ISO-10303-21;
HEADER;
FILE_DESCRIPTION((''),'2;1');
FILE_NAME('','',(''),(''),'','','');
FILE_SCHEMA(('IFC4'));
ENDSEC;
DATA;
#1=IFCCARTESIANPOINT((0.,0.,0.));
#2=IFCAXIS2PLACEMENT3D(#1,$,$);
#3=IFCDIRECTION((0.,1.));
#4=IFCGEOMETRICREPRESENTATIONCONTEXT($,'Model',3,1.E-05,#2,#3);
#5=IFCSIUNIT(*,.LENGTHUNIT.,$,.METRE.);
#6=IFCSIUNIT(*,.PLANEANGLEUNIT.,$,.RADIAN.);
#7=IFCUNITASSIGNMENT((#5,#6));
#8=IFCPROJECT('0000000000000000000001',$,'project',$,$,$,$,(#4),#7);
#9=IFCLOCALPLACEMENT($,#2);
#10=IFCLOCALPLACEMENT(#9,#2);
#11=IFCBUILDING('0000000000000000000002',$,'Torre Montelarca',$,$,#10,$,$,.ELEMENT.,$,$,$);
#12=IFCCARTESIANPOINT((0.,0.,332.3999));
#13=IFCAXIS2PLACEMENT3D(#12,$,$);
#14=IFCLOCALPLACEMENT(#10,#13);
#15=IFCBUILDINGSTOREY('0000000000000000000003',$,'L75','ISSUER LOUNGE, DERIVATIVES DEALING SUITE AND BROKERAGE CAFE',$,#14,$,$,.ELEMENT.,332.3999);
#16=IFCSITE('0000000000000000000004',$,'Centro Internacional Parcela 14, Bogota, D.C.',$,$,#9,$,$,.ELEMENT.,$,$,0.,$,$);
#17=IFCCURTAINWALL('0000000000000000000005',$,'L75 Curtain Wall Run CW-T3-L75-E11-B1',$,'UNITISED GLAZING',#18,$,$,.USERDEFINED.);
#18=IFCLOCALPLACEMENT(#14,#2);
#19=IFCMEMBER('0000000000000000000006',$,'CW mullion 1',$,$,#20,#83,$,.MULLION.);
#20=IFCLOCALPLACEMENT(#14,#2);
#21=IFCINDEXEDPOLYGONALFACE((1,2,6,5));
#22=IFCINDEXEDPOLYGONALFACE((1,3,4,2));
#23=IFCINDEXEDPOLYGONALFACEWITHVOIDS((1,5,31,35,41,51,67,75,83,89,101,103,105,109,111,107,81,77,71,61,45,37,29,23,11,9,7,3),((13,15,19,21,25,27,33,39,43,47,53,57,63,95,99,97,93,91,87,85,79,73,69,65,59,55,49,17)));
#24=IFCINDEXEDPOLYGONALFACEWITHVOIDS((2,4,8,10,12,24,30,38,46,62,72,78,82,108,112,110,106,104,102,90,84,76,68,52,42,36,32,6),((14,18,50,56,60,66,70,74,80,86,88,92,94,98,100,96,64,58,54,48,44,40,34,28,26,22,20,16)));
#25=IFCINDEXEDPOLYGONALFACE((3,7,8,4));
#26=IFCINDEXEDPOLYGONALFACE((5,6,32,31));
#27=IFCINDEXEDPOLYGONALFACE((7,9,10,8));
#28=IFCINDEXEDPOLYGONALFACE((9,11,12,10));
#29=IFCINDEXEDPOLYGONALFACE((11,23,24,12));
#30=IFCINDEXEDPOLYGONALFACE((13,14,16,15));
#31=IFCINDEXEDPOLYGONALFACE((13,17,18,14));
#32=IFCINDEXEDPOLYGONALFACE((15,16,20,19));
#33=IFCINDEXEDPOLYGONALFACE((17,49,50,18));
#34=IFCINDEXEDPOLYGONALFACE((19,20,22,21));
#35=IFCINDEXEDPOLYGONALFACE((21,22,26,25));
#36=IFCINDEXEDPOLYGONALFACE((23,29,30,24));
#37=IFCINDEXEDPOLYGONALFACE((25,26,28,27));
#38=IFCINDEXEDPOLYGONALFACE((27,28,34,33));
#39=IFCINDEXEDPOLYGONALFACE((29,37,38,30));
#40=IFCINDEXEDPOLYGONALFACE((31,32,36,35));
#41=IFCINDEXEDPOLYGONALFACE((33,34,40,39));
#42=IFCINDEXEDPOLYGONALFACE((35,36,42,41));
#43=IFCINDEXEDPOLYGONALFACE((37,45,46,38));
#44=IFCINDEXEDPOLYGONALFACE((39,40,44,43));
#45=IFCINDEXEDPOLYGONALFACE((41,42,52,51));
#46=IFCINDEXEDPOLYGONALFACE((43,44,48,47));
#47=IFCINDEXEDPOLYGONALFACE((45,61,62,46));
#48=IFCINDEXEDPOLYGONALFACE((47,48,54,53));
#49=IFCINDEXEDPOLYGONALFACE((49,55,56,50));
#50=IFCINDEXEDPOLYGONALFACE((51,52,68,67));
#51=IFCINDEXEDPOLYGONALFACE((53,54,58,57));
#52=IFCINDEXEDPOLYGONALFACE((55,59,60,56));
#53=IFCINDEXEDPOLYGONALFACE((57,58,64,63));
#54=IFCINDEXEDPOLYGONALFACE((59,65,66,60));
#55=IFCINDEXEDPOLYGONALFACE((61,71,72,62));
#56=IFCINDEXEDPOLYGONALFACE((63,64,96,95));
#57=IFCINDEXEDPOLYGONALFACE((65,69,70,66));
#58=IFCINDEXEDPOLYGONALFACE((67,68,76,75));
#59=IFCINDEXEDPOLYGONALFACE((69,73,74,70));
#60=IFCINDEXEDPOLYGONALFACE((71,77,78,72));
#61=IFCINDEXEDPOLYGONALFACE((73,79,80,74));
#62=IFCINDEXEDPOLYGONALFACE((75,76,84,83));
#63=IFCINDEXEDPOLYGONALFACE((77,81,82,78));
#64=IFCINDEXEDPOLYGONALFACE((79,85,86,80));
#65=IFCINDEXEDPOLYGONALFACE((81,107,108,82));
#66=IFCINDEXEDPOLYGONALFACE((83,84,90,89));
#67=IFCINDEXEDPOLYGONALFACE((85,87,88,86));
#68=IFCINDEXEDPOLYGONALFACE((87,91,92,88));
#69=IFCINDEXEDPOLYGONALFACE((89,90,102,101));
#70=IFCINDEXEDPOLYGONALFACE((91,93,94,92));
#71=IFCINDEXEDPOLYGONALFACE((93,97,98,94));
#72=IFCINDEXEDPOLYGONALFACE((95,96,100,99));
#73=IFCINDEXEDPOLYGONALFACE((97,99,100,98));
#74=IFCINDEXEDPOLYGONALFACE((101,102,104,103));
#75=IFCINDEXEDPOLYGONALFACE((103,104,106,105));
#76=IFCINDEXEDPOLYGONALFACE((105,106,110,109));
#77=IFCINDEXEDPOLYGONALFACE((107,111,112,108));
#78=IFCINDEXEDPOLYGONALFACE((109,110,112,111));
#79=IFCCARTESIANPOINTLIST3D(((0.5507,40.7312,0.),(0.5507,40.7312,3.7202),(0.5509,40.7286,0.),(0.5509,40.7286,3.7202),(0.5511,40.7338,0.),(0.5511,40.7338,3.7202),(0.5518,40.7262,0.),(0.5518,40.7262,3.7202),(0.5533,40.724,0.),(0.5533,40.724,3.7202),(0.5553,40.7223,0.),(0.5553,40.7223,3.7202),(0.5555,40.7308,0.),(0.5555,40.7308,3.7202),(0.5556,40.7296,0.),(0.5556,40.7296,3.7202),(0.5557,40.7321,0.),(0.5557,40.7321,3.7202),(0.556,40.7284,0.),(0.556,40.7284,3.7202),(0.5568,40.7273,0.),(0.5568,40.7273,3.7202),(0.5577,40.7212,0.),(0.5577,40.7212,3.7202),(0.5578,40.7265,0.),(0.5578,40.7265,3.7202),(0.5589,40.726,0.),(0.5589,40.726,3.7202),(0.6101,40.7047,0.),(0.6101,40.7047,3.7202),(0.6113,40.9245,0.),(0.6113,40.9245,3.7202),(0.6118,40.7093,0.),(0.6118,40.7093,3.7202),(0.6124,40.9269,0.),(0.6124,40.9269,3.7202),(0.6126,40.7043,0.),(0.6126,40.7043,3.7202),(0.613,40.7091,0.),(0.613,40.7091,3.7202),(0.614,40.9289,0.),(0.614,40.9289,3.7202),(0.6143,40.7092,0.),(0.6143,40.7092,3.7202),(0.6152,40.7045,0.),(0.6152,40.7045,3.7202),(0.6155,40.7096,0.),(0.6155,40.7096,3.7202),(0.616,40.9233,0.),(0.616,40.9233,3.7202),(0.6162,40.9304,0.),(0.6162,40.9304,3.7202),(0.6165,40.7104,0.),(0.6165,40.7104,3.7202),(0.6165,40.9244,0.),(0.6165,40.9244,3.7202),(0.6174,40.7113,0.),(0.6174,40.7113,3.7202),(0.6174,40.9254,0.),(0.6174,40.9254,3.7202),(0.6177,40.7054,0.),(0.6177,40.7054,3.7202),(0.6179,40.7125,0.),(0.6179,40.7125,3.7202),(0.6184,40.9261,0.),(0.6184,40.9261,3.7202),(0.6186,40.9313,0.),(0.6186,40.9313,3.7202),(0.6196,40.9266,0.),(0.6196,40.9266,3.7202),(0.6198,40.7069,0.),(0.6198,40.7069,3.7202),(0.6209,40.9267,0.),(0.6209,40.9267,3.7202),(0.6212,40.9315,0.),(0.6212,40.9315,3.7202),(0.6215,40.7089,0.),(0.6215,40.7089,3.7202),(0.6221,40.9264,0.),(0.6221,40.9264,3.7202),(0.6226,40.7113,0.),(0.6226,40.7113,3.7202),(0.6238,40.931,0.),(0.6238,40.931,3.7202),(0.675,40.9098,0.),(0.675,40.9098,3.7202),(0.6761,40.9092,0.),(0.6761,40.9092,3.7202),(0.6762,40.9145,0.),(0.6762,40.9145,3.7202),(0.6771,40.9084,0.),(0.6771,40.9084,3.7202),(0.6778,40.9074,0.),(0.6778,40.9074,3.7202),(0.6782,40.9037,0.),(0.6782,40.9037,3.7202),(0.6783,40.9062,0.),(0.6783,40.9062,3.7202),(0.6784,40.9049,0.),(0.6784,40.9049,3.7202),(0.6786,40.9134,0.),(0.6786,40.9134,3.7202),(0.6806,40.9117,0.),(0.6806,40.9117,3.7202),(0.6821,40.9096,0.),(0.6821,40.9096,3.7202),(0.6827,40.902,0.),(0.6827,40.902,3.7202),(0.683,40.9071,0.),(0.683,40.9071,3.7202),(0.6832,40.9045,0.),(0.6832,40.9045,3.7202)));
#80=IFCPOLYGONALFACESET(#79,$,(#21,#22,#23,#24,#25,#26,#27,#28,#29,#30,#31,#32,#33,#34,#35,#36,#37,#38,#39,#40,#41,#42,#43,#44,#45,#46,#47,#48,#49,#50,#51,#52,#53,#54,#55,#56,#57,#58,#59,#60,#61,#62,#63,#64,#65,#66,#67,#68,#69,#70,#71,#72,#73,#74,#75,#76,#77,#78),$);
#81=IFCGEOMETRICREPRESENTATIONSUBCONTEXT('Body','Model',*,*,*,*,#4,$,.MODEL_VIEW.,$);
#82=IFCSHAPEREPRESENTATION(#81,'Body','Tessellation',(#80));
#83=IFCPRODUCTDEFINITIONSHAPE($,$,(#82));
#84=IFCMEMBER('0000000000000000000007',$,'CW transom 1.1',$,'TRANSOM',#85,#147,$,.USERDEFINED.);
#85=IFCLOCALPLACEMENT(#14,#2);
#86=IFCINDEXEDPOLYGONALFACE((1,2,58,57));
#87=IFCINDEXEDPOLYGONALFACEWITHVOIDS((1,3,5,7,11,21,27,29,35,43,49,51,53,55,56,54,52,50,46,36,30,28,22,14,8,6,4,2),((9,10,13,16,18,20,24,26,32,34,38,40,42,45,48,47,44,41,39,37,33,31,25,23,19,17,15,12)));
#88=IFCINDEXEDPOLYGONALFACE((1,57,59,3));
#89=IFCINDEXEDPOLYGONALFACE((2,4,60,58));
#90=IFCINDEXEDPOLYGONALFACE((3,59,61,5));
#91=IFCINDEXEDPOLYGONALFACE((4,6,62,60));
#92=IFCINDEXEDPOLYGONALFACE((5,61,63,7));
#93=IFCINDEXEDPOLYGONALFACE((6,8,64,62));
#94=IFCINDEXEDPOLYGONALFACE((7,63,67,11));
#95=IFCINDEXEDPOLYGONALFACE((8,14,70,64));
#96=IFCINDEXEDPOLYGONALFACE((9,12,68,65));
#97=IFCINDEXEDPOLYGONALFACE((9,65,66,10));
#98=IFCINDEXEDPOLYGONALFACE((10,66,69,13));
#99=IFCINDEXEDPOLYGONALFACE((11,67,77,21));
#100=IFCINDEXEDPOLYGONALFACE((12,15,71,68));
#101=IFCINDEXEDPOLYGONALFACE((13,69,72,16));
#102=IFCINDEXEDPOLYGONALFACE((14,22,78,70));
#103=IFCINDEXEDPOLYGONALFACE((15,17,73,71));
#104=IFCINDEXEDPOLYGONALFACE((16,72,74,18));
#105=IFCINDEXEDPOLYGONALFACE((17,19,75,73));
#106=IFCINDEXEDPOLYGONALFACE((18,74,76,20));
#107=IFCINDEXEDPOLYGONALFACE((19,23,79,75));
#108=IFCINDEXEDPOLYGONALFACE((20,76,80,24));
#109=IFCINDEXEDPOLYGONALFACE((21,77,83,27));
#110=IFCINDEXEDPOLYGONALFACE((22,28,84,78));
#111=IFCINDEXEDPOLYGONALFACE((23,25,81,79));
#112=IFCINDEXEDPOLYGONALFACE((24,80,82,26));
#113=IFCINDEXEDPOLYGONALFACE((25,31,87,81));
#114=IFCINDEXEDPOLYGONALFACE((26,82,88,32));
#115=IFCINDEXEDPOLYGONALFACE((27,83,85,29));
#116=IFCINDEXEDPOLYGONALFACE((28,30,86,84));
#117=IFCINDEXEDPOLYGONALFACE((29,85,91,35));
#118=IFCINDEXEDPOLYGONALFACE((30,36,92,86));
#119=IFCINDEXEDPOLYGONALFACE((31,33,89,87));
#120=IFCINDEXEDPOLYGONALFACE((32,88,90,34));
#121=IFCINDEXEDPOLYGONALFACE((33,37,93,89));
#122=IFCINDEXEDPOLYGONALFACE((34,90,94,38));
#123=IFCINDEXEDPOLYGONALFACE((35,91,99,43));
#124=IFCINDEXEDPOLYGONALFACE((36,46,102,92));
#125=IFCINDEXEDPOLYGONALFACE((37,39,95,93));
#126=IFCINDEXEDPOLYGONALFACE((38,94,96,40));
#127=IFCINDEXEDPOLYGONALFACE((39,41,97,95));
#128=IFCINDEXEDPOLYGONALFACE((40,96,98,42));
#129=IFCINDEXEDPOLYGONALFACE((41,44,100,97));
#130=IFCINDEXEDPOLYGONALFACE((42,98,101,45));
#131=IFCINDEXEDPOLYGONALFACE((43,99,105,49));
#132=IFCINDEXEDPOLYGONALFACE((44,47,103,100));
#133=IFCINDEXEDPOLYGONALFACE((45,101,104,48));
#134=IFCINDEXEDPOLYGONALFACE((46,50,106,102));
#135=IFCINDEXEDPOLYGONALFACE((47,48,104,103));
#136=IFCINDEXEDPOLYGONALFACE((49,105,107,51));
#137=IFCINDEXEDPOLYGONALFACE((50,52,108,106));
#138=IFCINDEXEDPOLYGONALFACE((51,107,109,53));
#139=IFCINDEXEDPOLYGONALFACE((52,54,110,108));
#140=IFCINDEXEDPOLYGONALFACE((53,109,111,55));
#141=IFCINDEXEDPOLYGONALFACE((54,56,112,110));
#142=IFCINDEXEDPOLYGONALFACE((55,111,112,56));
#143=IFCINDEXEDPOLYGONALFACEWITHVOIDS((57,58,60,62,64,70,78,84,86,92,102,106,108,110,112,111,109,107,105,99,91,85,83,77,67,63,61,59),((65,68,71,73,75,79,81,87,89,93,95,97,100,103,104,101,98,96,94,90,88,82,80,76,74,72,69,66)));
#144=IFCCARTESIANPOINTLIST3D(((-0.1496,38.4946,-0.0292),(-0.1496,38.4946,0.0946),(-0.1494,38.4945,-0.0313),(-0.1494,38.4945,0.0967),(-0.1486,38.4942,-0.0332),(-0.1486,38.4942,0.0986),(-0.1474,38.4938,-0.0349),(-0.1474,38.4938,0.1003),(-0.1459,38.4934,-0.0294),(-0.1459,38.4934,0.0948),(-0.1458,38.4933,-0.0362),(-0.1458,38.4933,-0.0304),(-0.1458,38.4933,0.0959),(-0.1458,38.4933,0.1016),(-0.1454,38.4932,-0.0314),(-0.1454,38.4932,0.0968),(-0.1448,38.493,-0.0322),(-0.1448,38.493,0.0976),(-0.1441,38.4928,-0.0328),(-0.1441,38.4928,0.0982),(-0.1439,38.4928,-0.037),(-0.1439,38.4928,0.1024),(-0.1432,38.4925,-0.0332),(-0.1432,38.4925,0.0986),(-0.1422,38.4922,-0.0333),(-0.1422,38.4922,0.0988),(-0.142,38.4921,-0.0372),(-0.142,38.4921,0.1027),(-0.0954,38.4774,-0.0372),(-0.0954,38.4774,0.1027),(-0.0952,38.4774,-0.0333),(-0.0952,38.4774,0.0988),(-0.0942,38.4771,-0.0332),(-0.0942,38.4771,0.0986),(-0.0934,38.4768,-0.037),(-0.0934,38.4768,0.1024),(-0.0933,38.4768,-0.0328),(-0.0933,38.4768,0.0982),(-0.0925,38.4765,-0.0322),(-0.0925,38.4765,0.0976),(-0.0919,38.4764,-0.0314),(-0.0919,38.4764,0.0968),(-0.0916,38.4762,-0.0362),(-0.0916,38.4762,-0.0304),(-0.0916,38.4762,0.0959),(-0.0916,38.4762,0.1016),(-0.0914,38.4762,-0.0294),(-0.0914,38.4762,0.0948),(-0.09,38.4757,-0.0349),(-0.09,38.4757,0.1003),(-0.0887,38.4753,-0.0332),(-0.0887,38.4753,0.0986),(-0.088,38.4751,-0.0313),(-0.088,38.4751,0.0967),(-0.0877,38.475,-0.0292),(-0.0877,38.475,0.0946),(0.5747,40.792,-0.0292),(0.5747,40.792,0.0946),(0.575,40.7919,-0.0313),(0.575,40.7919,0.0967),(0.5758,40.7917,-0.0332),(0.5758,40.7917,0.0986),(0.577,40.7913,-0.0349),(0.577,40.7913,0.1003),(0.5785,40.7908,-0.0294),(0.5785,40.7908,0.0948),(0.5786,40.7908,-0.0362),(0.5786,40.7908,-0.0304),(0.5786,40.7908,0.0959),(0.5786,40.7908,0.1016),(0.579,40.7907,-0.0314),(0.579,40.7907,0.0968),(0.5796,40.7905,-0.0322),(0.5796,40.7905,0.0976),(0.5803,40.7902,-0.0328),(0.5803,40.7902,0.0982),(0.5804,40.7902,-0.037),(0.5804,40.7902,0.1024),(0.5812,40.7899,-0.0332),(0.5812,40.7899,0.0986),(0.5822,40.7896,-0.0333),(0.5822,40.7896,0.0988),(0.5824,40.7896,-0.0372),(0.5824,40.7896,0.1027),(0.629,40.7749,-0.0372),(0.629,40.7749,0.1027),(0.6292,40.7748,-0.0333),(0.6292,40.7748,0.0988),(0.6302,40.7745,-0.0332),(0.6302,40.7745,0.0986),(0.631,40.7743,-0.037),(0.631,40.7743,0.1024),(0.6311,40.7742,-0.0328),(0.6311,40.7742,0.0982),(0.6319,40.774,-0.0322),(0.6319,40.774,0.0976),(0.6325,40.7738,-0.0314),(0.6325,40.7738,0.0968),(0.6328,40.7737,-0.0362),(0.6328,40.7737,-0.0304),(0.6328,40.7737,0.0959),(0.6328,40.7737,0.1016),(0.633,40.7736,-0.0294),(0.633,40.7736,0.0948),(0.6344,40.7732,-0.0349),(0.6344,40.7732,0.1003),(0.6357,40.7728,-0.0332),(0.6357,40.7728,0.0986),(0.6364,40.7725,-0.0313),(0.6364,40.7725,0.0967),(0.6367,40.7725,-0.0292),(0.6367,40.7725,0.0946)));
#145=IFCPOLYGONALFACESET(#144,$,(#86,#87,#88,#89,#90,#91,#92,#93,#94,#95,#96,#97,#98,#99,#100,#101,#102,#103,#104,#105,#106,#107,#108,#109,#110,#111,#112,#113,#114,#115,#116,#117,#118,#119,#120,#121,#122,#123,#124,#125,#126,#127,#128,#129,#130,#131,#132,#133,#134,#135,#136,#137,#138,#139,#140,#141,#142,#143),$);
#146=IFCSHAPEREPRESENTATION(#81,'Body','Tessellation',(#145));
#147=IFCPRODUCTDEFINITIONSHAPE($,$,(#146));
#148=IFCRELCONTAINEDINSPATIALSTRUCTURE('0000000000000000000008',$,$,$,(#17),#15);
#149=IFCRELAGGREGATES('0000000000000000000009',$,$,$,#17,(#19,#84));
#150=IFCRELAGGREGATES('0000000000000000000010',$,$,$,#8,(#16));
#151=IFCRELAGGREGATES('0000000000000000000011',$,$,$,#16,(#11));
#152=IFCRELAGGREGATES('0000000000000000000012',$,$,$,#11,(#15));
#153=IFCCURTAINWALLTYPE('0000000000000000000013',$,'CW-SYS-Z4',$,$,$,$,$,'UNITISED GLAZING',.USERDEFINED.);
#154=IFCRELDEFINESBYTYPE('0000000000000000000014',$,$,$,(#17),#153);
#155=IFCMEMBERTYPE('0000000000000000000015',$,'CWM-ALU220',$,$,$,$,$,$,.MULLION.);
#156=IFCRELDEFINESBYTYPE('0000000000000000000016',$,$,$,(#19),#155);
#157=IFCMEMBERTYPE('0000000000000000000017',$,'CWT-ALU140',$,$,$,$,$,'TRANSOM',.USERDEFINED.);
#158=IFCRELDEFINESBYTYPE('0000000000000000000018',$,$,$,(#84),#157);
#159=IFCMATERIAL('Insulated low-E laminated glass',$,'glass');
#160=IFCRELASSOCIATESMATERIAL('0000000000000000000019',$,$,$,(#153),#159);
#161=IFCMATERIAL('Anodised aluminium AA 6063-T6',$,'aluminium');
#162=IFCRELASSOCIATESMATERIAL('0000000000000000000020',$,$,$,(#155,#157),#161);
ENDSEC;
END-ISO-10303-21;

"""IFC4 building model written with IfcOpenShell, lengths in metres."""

from ifc_helpers import new_model, si_unit, direction, frame, origin, origin_2d, place, context, subcontext, project, spatial, hollow_rectangle, extrude, source, transform, mapped, material, material_profile, profile_set, type_object, element, aggregate, save


model = new_model("IFC4")

# Units and contexts
model_context = context("Model", 3, precision=1e-05, world=origin(), true_north=direction((0.0, 1.0)))
body_context = subcontext(model_context, "Body", "Model", "MODEL_VIEW")
ifc_project = project(units=[si_unit("LENGTHUNIT", "METRE"), si_unit("PLANEANGLEUNIT", "RADIAN")], contexts=[model_context])

# Site, building, storey
site_placement = place(None, origin())
site = spatial("IfcSite", under=ifc_project, at=site_placement, Name="Centro Internacional Parcela 14, Bogota, D.C.", CompositionType="ELEMENT", RefElevation=0.0)
building_placement = place(site_placement, origin())
building = spatial("IfcBuilding", under=site, at=building_placement, Name="Torre Montelarca", CompositionType="ELEMENT")
storey_placement = place(building_placement, frame((0.0, 0.0, 332.3999)))
storey = spatial("IfcBuildingStorey", under=building, at=storey_placement, Name="L75", Description="ISSUER LOUNGE, DERIVATIVES DEALING SUITE AND BROKERAGE CAFE", CompositionType="ELEMENT", Elevation=332.3999)

# Curtain wall, members
ifc_material_1 = material(Name="Insulated low-E laminated glass", Category="glass")
curtain_wall_type = type_object("IfcCurtainWallType", Name="CW-SYS-Z4", ElementType="UNITISED GLAZING", PredefinedType="USERDEFINED", material=ifc_material_1)
ifc_material_2 = material(Name="Anodised aluminium AA 6063-T6", Category="aluminium")
ifc_material_profile_1 = material_profile(ifc_material_2, hollow_rectangle(XDim=0.075, YDim=0.22, WallThickness=0.0049, InnerFilletRadius=0.0049, OuterFilletRadius=0.01, at=origin_2d()), Name="ALU75X220X5", Category="aluminium")
ifc_profile_set_1 = profile_set([ifc_material_profile_1], Name="Anodised aluminium AA 6063-T6")
member_type_1 = type_object("IfcMemberType", Name="CWM-ALU220", PredefinedType="MULLION", material=ifc_profile_set_1)
shared_shape_1 = source(origin(), body_context, "Body", "SweptSolid", [
    extrude(hollow_rectangle(XDim=0.075, YDim=0.22, WallThickness=0.0049, InnerFilletRadius=0.0049, OuterFilletRadius=0.01, at=origin_2d()), origin(), (0.0, 0.0, 1.0), 3.7202),
])
curtain_wall_1_placement = place(storey_placement, origin())
curtain_wall_1 = element("IfcCurtainWall", 1, at=curtain_wall_1_placement, inside=storey, type_object=curtain_wall_type, Name="L75 Curtain Wall Run CW-T3-L75-E11-B1", ObjectType="UNITISED GLAZING", PredefinedType="USERDEFINED")
member_1_placement = place(storey_placement, frame((0.6169, 40.8179, 0.0), z_axis=(0.0, 0.0, 1.0), x_axis=(0.953721, -0.300693, 0.0)))
member_1 = element("IfcMember", 2, at=member_1_placement, type_object=member_type_1, Name="CW mullion 1", PredefinedType="MULLION", context=body_context, shape_type="MappedRepresentation", body=[
    mapped(shared_shape_1, transform((0.0, 0.0, 0.0), scale=1.0)),
])
ifc_material_profile_2 = material_profile(ifc_material_2, hollow_rectangle(XDim=0.0649, YDim=0.1399, WallThickness=0.0039, InnerFilletRadius=0.0039, OuterFilletRadius=0.0081, at=origin_2d()), Name="ALU65X140X4", Category="aluminium")
ifc_profile_set_2 = profile_set([ifc_material_profile_2], Name="Anodised aluminium AA 6063-T6")
member_type_2 = type_object("IfcMemberType", Name="CWT-ALU140", ElementType="TRANSOM", PredefinedType="USERDEFINED", material=ifc_profile_set_2)
shared_shape_2 = source(origin(), body_context, "Body", "SweptSolid", [
    extrude(hollow_rectangle(XDim=0.0649, YDim=0.1399, WallThickness=0.0039, InnerFilletRadius=0.0039, OuterFilletRadius=0.0081, at=origin_2d()), origin(), (0.0, 0.0, 1.0), 2.4089),
])
member_2_placement = place(storey_placement, frame((0.6057, 40.7822, 0.0327), z_axis=(-0.300709, -0.953716, 0.0), x_axis=(0.953716, -0.300709, 0.0)))
member_2 = element("IfcMember", 3, at=member_2_placement, type_object=member_type_2, Name="CW transom 1.1", ObjectType="TRANSOM", PredefinedType="USERDEFINED", context=body_context, shape_type="MappedRepresentation", body=[
    mapped(shared_shape_2, transform((0.0, 0.0, 0.0), scale=1.0)),
])
aggregate(curtain_wall_1, [member_1, member_2])

save(model, "model.ifc")
